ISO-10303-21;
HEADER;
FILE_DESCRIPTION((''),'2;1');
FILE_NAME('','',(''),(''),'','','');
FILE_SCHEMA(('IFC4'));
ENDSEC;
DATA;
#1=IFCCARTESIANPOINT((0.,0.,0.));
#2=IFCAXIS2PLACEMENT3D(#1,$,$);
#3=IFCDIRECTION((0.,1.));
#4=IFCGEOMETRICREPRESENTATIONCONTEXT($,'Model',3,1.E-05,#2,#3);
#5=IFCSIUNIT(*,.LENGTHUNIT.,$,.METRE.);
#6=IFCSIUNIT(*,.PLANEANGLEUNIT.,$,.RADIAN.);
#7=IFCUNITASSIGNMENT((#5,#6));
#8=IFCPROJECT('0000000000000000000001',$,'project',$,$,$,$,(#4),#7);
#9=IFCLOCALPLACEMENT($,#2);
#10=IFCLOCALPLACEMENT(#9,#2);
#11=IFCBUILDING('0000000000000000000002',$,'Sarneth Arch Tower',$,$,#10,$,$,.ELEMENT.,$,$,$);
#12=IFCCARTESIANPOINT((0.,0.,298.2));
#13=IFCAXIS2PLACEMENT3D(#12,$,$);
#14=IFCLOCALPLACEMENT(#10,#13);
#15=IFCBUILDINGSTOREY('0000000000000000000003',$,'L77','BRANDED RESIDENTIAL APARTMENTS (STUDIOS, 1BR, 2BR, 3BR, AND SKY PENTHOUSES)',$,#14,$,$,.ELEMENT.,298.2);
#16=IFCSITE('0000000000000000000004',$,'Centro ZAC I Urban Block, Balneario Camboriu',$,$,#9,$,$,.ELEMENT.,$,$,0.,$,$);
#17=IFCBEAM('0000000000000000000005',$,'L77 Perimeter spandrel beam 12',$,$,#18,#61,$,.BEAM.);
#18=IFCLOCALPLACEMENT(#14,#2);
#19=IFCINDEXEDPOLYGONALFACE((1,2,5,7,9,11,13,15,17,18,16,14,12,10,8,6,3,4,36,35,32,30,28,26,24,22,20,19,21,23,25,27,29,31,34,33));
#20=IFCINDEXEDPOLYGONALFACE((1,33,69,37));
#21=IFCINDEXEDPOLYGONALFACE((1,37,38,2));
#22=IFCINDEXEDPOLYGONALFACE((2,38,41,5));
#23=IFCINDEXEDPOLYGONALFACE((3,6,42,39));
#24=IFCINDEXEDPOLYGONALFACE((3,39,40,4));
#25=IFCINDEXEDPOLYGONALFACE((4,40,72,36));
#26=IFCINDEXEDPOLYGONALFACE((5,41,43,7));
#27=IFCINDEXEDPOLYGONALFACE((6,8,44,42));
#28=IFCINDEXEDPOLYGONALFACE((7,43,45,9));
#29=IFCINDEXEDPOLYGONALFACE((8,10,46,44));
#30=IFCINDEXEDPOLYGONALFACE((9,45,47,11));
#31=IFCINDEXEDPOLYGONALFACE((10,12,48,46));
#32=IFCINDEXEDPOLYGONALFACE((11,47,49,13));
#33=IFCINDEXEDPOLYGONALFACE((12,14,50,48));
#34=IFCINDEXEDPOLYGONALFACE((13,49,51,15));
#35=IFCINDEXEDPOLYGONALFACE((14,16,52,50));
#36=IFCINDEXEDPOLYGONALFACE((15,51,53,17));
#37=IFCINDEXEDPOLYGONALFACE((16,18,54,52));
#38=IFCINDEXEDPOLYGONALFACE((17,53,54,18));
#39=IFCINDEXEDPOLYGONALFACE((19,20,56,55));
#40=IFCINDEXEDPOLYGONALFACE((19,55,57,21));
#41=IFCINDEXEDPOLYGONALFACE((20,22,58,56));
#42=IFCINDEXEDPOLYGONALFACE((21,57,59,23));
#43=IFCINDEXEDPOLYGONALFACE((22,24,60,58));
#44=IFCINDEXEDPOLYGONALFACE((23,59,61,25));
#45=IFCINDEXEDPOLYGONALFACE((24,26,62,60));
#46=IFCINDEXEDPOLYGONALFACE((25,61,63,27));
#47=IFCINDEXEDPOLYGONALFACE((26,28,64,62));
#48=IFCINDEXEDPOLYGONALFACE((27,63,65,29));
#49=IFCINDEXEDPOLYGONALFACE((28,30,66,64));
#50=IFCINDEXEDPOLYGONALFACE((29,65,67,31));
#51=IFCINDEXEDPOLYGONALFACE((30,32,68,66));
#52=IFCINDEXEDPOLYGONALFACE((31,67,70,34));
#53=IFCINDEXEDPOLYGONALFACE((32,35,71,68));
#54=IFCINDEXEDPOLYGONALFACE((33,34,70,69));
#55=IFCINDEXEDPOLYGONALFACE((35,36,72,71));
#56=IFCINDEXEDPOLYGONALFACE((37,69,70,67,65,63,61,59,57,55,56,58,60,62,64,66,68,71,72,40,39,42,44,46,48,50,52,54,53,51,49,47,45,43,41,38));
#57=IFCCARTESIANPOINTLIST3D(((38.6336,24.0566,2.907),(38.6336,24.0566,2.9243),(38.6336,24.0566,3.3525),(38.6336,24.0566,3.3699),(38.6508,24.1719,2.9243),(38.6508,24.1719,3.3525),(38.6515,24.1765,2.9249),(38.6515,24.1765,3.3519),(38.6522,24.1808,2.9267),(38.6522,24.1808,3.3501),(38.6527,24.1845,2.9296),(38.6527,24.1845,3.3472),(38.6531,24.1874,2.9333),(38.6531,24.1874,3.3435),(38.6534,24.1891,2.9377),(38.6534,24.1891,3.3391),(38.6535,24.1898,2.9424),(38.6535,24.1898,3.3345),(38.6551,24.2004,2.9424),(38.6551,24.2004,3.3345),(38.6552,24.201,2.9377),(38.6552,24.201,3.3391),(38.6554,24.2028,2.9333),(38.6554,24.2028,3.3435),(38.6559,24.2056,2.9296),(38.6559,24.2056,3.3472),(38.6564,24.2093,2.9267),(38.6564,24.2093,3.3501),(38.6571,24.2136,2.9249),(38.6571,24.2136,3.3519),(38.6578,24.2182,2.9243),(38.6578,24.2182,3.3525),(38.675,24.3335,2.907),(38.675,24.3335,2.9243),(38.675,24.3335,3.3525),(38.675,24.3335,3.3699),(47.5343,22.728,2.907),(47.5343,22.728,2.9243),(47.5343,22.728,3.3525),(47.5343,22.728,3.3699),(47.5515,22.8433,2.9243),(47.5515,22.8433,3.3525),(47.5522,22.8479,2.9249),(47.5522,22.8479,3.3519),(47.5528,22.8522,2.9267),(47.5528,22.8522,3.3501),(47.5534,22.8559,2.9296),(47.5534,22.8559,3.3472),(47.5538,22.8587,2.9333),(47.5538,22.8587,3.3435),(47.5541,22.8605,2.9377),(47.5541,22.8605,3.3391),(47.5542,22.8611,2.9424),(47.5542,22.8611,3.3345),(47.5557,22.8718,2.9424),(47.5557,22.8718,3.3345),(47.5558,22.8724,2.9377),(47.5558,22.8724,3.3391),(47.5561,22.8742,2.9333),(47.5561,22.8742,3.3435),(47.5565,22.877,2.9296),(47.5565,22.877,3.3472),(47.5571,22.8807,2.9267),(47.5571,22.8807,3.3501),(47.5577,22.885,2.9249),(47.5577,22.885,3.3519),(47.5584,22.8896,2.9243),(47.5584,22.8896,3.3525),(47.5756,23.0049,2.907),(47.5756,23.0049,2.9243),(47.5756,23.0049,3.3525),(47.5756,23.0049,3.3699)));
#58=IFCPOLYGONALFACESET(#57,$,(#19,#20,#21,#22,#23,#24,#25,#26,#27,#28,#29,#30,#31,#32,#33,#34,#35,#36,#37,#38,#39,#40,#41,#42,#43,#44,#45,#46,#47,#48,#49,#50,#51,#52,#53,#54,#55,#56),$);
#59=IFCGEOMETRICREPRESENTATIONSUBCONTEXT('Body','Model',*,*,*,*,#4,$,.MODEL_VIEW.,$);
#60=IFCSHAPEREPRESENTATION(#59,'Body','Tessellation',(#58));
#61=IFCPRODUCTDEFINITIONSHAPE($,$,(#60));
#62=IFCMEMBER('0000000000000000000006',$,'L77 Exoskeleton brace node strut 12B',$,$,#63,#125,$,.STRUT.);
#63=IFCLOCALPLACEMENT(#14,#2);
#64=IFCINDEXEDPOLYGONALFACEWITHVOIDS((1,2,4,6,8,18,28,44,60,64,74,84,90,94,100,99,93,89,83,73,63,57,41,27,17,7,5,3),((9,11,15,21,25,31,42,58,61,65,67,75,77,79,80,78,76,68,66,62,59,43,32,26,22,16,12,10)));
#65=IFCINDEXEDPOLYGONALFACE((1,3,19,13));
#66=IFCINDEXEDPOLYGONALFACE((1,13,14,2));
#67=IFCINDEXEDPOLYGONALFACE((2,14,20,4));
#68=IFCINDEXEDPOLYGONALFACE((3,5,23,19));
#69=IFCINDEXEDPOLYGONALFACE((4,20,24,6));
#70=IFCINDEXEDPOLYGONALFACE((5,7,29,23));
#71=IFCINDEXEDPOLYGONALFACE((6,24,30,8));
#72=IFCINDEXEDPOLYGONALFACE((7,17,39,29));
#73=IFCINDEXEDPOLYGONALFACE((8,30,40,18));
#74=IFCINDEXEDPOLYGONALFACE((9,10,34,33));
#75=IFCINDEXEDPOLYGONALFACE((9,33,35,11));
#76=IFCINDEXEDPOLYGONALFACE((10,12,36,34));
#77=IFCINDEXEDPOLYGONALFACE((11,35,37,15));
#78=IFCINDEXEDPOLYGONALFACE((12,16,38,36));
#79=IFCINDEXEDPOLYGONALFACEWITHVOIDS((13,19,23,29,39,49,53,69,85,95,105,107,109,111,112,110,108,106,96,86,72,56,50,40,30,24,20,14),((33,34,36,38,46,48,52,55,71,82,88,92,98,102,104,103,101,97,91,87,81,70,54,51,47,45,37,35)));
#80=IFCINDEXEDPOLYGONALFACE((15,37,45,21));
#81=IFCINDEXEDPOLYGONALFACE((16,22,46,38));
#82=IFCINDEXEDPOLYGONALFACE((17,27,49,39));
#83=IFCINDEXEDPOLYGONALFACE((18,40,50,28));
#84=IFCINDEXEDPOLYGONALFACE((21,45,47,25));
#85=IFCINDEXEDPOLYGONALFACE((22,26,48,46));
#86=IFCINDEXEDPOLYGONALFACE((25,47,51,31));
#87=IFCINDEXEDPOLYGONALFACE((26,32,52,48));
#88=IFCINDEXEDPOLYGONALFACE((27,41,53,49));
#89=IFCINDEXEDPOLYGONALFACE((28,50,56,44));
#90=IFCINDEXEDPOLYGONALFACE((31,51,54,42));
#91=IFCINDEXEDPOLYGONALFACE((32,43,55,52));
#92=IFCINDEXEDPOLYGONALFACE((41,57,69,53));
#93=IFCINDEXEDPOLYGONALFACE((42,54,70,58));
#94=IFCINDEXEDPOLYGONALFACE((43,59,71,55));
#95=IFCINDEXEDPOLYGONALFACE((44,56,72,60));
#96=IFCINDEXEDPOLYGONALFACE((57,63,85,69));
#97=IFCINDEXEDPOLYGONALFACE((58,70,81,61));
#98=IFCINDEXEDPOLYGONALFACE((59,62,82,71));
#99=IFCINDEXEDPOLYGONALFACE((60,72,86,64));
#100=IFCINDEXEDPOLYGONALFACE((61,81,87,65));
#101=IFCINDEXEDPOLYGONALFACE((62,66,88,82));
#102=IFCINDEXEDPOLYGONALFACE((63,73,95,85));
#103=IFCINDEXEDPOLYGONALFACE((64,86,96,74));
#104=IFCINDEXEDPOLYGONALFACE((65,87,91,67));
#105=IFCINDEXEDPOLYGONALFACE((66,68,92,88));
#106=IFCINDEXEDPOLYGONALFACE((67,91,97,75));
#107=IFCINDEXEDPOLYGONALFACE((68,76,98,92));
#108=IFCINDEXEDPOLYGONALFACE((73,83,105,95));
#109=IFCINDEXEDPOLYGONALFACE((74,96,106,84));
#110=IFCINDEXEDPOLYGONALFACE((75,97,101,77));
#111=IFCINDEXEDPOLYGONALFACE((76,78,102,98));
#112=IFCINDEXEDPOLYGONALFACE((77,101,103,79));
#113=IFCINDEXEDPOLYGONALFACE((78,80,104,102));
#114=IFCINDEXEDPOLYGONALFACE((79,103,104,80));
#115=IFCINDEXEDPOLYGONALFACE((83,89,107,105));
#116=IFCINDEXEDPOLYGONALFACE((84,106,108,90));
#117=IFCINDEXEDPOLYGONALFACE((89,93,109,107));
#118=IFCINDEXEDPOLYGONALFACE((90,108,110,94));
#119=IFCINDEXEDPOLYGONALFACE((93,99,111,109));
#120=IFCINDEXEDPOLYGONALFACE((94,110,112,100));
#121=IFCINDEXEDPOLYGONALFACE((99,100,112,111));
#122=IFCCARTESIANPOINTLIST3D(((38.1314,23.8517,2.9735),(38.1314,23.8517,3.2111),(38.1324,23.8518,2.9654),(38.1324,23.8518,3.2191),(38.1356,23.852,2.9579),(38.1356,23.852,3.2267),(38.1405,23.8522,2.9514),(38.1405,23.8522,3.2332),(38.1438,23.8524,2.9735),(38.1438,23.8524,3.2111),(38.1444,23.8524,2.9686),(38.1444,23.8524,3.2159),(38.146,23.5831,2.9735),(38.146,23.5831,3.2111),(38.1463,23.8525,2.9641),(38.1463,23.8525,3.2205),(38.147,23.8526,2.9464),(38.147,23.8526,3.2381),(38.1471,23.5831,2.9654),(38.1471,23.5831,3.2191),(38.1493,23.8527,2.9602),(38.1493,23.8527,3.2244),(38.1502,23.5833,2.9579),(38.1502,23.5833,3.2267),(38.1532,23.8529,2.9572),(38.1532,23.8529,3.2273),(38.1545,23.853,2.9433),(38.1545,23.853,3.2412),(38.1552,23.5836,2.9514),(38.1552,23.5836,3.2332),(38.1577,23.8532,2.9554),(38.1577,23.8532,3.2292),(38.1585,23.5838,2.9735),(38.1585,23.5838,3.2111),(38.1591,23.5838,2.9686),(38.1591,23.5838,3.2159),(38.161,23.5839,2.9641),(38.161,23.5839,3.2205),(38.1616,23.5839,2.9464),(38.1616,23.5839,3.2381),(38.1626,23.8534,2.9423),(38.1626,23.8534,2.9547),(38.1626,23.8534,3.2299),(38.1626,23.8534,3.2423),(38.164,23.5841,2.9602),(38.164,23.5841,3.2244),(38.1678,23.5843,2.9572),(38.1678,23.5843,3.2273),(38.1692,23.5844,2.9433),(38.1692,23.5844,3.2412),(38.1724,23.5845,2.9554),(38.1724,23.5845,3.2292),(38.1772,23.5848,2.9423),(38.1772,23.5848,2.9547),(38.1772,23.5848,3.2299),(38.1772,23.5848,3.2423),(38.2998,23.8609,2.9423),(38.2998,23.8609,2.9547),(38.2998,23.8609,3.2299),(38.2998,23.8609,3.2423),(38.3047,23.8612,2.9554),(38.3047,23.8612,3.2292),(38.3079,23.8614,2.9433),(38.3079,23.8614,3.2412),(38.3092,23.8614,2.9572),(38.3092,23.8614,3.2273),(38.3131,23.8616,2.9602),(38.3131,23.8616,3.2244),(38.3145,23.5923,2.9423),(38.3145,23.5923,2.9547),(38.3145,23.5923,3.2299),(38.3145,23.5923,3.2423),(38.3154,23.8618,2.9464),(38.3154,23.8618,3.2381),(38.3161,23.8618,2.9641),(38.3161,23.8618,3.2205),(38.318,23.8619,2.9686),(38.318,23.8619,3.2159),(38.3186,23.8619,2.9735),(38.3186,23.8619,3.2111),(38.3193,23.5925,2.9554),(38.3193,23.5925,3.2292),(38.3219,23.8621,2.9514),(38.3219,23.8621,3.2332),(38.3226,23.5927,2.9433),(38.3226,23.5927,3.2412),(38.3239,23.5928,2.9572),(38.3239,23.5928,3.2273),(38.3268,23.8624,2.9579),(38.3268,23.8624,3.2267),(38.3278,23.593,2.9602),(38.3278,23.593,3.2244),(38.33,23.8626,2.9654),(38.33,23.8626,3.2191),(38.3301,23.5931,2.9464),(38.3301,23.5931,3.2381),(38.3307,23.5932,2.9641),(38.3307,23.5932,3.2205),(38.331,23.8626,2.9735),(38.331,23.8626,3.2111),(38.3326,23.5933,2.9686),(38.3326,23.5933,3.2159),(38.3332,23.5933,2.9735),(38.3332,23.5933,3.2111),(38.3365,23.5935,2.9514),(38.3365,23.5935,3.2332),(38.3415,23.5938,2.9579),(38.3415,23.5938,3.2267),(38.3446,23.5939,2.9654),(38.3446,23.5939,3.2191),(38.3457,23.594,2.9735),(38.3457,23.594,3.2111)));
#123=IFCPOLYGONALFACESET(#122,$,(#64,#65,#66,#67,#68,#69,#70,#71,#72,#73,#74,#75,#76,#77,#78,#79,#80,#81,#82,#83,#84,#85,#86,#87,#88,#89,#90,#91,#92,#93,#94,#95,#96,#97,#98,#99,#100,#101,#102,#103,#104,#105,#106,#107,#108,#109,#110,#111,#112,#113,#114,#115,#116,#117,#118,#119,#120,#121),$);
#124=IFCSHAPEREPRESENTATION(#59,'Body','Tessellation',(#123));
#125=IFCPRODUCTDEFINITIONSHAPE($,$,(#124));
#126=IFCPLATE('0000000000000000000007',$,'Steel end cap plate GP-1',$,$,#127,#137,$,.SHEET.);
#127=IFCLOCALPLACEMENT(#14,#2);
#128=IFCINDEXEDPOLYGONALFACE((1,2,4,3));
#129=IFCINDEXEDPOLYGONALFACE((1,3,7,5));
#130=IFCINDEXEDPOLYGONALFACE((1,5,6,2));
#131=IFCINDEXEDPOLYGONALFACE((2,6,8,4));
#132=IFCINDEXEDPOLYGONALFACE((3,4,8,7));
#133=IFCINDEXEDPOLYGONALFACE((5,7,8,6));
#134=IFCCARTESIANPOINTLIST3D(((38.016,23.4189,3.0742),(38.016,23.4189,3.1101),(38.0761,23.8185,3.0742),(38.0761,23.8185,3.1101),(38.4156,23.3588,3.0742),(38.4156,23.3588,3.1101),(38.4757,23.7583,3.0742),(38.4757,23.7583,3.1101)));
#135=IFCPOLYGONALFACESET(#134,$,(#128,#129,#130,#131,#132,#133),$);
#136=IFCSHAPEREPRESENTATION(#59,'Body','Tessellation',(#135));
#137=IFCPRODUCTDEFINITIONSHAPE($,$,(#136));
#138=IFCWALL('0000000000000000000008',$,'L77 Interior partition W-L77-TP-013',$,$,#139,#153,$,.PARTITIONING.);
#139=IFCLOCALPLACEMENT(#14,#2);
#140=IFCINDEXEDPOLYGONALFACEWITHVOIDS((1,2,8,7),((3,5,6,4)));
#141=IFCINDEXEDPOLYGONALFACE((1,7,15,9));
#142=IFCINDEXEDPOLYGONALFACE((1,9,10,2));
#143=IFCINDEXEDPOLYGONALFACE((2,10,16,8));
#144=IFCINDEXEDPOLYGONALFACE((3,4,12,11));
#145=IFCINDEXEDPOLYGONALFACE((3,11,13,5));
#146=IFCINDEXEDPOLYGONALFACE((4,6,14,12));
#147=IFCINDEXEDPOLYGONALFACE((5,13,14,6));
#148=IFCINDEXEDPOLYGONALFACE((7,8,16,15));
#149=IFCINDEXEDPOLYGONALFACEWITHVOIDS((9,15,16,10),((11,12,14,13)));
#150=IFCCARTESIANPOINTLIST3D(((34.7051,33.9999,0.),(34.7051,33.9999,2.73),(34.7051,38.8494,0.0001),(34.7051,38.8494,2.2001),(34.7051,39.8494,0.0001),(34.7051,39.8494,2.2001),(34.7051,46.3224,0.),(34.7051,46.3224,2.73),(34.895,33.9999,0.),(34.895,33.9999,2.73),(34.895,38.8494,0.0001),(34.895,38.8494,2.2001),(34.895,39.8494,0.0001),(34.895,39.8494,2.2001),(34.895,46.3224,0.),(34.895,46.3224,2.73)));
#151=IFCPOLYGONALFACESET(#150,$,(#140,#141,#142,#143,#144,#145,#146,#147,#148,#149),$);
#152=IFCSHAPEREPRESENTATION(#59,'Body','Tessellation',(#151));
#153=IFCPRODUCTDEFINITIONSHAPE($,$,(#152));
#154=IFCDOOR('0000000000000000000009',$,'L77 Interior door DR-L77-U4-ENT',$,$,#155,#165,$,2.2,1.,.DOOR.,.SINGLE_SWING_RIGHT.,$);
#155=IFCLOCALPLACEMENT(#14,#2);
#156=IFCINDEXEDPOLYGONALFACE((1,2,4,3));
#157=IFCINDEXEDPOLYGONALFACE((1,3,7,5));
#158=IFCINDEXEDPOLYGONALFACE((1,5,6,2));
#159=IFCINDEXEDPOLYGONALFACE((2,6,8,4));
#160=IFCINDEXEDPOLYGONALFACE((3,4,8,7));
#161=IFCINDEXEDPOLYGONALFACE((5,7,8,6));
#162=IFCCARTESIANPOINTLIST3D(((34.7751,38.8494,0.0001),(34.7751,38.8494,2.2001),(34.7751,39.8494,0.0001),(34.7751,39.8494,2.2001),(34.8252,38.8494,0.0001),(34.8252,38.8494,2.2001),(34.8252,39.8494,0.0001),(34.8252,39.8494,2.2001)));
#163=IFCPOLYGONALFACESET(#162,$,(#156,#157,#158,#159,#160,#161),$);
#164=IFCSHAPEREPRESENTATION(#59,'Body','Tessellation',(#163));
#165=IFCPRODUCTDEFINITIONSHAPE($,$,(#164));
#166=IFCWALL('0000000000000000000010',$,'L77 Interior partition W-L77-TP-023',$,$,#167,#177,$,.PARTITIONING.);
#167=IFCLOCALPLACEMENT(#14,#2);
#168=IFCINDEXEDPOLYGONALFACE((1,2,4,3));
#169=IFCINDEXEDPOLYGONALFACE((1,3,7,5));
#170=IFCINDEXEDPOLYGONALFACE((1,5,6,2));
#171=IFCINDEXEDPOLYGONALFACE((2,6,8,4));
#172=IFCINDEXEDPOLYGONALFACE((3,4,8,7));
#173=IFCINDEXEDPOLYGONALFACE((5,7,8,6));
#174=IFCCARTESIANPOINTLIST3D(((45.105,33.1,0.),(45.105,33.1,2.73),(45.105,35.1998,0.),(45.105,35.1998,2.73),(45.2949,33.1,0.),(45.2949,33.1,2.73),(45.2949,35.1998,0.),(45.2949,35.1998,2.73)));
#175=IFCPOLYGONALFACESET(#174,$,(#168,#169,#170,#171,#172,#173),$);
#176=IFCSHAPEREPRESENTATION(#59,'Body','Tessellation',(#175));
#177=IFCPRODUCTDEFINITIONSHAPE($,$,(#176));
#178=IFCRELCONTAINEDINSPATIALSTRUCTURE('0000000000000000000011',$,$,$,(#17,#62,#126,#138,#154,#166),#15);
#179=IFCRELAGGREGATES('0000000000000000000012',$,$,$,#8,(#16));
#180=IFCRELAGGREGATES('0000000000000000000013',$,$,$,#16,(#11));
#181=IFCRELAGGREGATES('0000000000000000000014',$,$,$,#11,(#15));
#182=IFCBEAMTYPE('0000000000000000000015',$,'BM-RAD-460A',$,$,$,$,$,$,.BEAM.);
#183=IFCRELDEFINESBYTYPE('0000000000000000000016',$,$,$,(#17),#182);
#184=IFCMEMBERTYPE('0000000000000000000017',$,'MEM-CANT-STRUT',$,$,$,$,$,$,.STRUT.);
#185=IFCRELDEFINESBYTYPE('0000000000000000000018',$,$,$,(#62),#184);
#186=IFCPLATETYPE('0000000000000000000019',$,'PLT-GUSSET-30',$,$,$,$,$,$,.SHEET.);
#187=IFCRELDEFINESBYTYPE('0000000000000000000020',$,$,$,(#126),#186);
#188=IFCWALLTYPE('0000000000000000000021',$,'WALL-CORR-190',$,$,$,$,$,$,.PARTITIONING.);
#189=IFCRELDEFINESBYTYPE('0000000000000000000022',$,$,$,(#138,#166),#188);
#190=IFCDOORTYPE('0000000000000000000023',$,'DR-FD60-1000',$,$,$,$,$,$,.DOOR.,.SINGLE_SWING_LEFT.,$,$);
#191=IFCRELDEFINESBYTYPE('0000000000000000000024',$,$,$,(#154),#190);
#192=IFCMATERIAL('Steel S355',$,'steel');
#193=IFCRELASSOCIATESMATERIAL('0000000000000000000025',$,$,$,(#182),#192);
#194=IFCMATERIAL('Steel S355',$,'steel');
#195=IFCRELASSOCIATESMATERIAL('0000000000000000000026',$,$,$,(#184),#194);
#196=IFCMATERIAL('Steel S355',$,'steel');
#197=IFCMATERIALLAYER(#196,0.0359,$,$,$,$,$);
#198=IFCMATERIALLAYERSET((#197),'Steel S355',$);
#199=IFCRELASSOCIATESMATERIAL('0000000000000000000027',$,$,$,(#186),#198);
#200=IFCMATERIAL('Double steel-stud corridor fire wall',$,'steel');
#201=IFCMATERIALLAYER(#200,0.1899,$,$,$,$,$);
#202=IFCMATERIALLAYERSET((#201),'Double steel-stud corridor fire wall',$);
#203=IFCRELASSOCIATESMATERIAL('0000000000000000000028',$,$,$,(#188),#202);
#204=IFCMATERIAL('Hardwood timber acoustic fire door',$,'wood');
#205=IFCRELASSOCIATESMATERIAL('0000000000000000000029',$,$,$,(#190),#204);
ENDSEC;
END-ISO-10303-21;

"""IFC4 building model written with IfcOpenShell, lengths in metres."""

from ifc_helpers import new_model, si_unit, direction, frame, frame_2d, origin, origin_2d, place, context, subcontext, project, spatial, rectangle, hollow_rectangle, i_section, extrude, material, layer, layer_set, material_profile, profile_set, type_object, element, fill, save


model = new_model("IFC4")

# Units and contexts
model_context = context("Model", 3, precision=1e-05, world=origin(), true_north=direction((0.0, 1.0)))
body_context = subcontext(model_context, "Body", "Model", "MODEL_VIEW")
ifc_project = project(units=[si_unit("LENGTHUNIT", "METRE"), si_unit("PLANEANGLEUNIT", "RADIAN")], contexts=[model_context])

# Site, building, storey
site_placement = place(None, origin())
site = spatial("IfcSite", under=ifc_project, at=site_placement, Name="Centro ZAC I Urban Block, Balneario Camboriu", CompositionType="ELEMENT", RefElevation=0.0)
building_placement = place(site_placement, origin())
building = spatial("IfcBuilding", under=site, at=building_placement, Name="Sarneth Arch Tower", CompositionType="ELEMENT")
storey_placement = place(building_placement, frame((0.0, 0.0, 298.2)))
storey = spatial("IfcBuildingStorey", under=building, at=storey_placement, Name="L77", Description="BRANDED RESIDENTIAL APARTMENTS (STUDIOS, 1BR, 2BR, 3BR, AND SKY PENTHOUSES)", CompositionType="ELEMENT", Elevation=298.2)

# Beam
ifc_material_1 = material(Name="Steel S355", Category="steel")
ifc_material_profile_1 = material_profile(ifc_material_1, i_section(OverallWidth=0.28, OverallDepth=0.4629, WebThickness=0.0107, FlangeThickness=0.0173, FilletRadius=0.0181, at=origin_2d()), Name="W460x113")
ifc_profile_set_1 = profile_set([ifc_material_profile_1], Name="Steel S355")
beam_type_1 = type_object("IfcBeamType", Name="BM-RAD-460A", PredefinedType="BEAM", material=ifc_profile_set_1)
beam_1_placement = place(storey_placement, frame((38.6543, 24.1951, 3.1384), z_axis=(0.989042, -0.147636, 0.0), x_axis=(0.147636, 0.989042, 0.0)))
element("IfcBeam", 1, at=beam_1_placement, inside=storey, type_object=beam_type_1, Name="L77 Perimeter spandrel beam 12", PredefinedType="BEAM", context=body_context, shape_type="SweptSolid", body=[
    extrude(i_section(OverallWidth=0.28, OverallDepth=0.4629, WebThickness=0.0107, FlangeThickness=0.0173, FilletRadius=0.0181, at=origin_2d()), origin(), (0.0, 0.0, 1.0), 8.9993),
])

# Member
ifc_material_2 = material(Name="Steel S355", Category="steel")
ifc_material_profile_2 = material_profile(ifc_material_2, hollow_rectangle(XDim=0.2, YDim=0.3, WallThickness=0.0125, InnerFilletRadius=0.0188, OuterFilletRadius=0.0312, at=origin_2d()), Name="RHS300x200x12.5")
ifc_profile_set_2 = profile_set([ifc_material_profile_2], Name="Steel S355")
member_type = type_object("IfcMemberType", Name="MEM-CANT-STRUT", PredefinedType="STRUT", material=ifc_profile_set_2)
member_placement = place(storey_placement, frame((38.2312, 23.8572, 3.0923), z_axis=(0.054464, -0.998516, 0.0), x_axis=(0.998516, 0.054464, 0.0)))
element("IfcMember", 2, at=member_placement, inside=storey, type_object=member_type, Name="L77 Exoskeleton brace node strut 12B", PredefinedType="STRUT", context=body_context, shape_type="SweptSolid", body=[
    extrude(hollow_rectangle(XDim=0.2, YDim=0.3, WallThickness=0.0125, InnerFilletRadius=0.0188, OuterFilletRadius=0.0312, at=origin_2d()), origin(), (0.0, 0.0, 1.0), 0.269),
])

# Plate
ifc_material_3 = material(Name="Steel S355", Category="steel")
ifc_layer_1 = layer(ifc_material_3, 0.0359)
ifc_layer_set_1 = layer_set([ifc_layer_1], Name="Steel S355")
plate_type = type_object("IfcPlateType", Name="PLT-GUSSET-30", PredefinedType="SHEET", material=ifc_layer_set_1)
plate_placement = place(storey_placement, frame((38.2458, 23.5886, 3.0742), z_axis=(0.0, 0.0, 1.0), x_axis=(0.988861, -0.148845, 0.0)))
element("IfcPlate", 3, at=plate_placement, inside=storey, type_object=plate_type, Name="Steel end cap plate GP-1", PredefinedType="SHEET", context=body_context, shape_type="SweptSolid", body=[
    extrude(rectangle(XDim=0.4041, YDim=0.4041, at=origin_2d()), origin(), (0.0, 0.0, 1.0), 0.0359),
])

# Wall, opening, door
ifc_material_4 = material(Name="Double steel-stud corridor fire wall", Category="steel")
ifc_layer_2 = layer(ifc_material_4, 0.1899)
ifc_layer_set_2 = layer_set([ifc_layer_2], Name="Double steel-stud corridor fire wall")
wall_type_1 = type_object("IfcWallType", Name="WALL-CORR-190", PredefinedType="PARTITIONING", material=ifc_layer_set_2)
wall_1_placement = place(storey_placement, frame((34.8, 34.0, 0.0), z_axis=(0.0, 0.0, 1.0), x_axis=(0.0, 1.0, 0.0)))
wall_1 = element("IfcWall", 4, at=wall_1_placement, inside=storey, type_object=wall_type_1, Name="L77 Interior partition W-L77-TP-013", PredefinedType="PARTITIONING", context=body_context, shape_type="SweptSolid", body=[
    extrude(rectangle(XDim=12.3225, YDim=0.1899, at=frame_2d((6.1611, 0.0))), origin(), (0.0, 0.0, 1.0), 2.73),
])
opening_1_placement = place(wall_1_placement, frame((4.8494, 0.0, 0.0)))
opening_1 = element("IfcOpeningElement", 5, at=opening_1_placement, cuts=wall_1, PredefinedType="OPENING", context=body_context, shape_type="SweptSolid", body=[
    extrude(rectangle(XDim=1.0, YDim=2.2, at=frame_2d((0.5, 1.1001))), frame((0.0, 0.105, 0.0), z_axis=(0.0, -1.0, 0.0), x_axis=(1.0, 0.0, 0.0)), (0.0, 0.0, 1.0), 0.21),
])
ifc_material_5 = material(Name="Hardwood timber acoustic fire door", Category="wood")
door_type_1 = type_object("IfcDoorType", Name="DR-FD60-1000", OperationType="SINGLE_SWING_LEFT", PredefinedType="DOOR", material=ifc_material_5)
door_1_placement = place(opening_1_placement, origin())
door_1 = element("IfcDoor", 6, at=door_1_placement, inside=storey, type_object=door_type_1, Name="L77 Interior door DR-L77-U4-ENT", OperationType="SINGLE_SWING_RIGHT", OverallHeight=2.2, OverallWidth=1.0, PredefinedType="DOOR", context=body_context, shape_type="SweptSolid", body=[
    extrude(rectangle(XDim=1.0, YDim=2.2, at=frame_2d((0.5, 1.1001))), frame((0.0, 0.0249, 0.0), z_axis=(0.0, -1.0, 0.0), x_axis=(1.0, 0.0, 0.0)), (0.0, 0.0, 1.0), 0.05),
])
fill(opening_1, door_1)

# Wall
wall_2_placement = place(storey_placement, frame((45.2, 33.1001, 0.0), z_axis=(0.0, 0.0, 1.0), x_axis=(0.0, 1.0, 0.0)))
element("IfcWall", 7, at=wall_2_placement, inside=storey, type_object=wall_type_1, Name="L77 Interior partition W-L77-TP-023", PredefinedType="PARTITIONING", context=body_context, shape_type="SweptSolid", body=[
    extrude(rectangle(XDim=2.0999, YDim=0.1899, at=frame_2d((1.0498, 0.0))), origin(), (0.0, 0.0, 1.0), 2.73),
])

save(model, "model.ifc")
